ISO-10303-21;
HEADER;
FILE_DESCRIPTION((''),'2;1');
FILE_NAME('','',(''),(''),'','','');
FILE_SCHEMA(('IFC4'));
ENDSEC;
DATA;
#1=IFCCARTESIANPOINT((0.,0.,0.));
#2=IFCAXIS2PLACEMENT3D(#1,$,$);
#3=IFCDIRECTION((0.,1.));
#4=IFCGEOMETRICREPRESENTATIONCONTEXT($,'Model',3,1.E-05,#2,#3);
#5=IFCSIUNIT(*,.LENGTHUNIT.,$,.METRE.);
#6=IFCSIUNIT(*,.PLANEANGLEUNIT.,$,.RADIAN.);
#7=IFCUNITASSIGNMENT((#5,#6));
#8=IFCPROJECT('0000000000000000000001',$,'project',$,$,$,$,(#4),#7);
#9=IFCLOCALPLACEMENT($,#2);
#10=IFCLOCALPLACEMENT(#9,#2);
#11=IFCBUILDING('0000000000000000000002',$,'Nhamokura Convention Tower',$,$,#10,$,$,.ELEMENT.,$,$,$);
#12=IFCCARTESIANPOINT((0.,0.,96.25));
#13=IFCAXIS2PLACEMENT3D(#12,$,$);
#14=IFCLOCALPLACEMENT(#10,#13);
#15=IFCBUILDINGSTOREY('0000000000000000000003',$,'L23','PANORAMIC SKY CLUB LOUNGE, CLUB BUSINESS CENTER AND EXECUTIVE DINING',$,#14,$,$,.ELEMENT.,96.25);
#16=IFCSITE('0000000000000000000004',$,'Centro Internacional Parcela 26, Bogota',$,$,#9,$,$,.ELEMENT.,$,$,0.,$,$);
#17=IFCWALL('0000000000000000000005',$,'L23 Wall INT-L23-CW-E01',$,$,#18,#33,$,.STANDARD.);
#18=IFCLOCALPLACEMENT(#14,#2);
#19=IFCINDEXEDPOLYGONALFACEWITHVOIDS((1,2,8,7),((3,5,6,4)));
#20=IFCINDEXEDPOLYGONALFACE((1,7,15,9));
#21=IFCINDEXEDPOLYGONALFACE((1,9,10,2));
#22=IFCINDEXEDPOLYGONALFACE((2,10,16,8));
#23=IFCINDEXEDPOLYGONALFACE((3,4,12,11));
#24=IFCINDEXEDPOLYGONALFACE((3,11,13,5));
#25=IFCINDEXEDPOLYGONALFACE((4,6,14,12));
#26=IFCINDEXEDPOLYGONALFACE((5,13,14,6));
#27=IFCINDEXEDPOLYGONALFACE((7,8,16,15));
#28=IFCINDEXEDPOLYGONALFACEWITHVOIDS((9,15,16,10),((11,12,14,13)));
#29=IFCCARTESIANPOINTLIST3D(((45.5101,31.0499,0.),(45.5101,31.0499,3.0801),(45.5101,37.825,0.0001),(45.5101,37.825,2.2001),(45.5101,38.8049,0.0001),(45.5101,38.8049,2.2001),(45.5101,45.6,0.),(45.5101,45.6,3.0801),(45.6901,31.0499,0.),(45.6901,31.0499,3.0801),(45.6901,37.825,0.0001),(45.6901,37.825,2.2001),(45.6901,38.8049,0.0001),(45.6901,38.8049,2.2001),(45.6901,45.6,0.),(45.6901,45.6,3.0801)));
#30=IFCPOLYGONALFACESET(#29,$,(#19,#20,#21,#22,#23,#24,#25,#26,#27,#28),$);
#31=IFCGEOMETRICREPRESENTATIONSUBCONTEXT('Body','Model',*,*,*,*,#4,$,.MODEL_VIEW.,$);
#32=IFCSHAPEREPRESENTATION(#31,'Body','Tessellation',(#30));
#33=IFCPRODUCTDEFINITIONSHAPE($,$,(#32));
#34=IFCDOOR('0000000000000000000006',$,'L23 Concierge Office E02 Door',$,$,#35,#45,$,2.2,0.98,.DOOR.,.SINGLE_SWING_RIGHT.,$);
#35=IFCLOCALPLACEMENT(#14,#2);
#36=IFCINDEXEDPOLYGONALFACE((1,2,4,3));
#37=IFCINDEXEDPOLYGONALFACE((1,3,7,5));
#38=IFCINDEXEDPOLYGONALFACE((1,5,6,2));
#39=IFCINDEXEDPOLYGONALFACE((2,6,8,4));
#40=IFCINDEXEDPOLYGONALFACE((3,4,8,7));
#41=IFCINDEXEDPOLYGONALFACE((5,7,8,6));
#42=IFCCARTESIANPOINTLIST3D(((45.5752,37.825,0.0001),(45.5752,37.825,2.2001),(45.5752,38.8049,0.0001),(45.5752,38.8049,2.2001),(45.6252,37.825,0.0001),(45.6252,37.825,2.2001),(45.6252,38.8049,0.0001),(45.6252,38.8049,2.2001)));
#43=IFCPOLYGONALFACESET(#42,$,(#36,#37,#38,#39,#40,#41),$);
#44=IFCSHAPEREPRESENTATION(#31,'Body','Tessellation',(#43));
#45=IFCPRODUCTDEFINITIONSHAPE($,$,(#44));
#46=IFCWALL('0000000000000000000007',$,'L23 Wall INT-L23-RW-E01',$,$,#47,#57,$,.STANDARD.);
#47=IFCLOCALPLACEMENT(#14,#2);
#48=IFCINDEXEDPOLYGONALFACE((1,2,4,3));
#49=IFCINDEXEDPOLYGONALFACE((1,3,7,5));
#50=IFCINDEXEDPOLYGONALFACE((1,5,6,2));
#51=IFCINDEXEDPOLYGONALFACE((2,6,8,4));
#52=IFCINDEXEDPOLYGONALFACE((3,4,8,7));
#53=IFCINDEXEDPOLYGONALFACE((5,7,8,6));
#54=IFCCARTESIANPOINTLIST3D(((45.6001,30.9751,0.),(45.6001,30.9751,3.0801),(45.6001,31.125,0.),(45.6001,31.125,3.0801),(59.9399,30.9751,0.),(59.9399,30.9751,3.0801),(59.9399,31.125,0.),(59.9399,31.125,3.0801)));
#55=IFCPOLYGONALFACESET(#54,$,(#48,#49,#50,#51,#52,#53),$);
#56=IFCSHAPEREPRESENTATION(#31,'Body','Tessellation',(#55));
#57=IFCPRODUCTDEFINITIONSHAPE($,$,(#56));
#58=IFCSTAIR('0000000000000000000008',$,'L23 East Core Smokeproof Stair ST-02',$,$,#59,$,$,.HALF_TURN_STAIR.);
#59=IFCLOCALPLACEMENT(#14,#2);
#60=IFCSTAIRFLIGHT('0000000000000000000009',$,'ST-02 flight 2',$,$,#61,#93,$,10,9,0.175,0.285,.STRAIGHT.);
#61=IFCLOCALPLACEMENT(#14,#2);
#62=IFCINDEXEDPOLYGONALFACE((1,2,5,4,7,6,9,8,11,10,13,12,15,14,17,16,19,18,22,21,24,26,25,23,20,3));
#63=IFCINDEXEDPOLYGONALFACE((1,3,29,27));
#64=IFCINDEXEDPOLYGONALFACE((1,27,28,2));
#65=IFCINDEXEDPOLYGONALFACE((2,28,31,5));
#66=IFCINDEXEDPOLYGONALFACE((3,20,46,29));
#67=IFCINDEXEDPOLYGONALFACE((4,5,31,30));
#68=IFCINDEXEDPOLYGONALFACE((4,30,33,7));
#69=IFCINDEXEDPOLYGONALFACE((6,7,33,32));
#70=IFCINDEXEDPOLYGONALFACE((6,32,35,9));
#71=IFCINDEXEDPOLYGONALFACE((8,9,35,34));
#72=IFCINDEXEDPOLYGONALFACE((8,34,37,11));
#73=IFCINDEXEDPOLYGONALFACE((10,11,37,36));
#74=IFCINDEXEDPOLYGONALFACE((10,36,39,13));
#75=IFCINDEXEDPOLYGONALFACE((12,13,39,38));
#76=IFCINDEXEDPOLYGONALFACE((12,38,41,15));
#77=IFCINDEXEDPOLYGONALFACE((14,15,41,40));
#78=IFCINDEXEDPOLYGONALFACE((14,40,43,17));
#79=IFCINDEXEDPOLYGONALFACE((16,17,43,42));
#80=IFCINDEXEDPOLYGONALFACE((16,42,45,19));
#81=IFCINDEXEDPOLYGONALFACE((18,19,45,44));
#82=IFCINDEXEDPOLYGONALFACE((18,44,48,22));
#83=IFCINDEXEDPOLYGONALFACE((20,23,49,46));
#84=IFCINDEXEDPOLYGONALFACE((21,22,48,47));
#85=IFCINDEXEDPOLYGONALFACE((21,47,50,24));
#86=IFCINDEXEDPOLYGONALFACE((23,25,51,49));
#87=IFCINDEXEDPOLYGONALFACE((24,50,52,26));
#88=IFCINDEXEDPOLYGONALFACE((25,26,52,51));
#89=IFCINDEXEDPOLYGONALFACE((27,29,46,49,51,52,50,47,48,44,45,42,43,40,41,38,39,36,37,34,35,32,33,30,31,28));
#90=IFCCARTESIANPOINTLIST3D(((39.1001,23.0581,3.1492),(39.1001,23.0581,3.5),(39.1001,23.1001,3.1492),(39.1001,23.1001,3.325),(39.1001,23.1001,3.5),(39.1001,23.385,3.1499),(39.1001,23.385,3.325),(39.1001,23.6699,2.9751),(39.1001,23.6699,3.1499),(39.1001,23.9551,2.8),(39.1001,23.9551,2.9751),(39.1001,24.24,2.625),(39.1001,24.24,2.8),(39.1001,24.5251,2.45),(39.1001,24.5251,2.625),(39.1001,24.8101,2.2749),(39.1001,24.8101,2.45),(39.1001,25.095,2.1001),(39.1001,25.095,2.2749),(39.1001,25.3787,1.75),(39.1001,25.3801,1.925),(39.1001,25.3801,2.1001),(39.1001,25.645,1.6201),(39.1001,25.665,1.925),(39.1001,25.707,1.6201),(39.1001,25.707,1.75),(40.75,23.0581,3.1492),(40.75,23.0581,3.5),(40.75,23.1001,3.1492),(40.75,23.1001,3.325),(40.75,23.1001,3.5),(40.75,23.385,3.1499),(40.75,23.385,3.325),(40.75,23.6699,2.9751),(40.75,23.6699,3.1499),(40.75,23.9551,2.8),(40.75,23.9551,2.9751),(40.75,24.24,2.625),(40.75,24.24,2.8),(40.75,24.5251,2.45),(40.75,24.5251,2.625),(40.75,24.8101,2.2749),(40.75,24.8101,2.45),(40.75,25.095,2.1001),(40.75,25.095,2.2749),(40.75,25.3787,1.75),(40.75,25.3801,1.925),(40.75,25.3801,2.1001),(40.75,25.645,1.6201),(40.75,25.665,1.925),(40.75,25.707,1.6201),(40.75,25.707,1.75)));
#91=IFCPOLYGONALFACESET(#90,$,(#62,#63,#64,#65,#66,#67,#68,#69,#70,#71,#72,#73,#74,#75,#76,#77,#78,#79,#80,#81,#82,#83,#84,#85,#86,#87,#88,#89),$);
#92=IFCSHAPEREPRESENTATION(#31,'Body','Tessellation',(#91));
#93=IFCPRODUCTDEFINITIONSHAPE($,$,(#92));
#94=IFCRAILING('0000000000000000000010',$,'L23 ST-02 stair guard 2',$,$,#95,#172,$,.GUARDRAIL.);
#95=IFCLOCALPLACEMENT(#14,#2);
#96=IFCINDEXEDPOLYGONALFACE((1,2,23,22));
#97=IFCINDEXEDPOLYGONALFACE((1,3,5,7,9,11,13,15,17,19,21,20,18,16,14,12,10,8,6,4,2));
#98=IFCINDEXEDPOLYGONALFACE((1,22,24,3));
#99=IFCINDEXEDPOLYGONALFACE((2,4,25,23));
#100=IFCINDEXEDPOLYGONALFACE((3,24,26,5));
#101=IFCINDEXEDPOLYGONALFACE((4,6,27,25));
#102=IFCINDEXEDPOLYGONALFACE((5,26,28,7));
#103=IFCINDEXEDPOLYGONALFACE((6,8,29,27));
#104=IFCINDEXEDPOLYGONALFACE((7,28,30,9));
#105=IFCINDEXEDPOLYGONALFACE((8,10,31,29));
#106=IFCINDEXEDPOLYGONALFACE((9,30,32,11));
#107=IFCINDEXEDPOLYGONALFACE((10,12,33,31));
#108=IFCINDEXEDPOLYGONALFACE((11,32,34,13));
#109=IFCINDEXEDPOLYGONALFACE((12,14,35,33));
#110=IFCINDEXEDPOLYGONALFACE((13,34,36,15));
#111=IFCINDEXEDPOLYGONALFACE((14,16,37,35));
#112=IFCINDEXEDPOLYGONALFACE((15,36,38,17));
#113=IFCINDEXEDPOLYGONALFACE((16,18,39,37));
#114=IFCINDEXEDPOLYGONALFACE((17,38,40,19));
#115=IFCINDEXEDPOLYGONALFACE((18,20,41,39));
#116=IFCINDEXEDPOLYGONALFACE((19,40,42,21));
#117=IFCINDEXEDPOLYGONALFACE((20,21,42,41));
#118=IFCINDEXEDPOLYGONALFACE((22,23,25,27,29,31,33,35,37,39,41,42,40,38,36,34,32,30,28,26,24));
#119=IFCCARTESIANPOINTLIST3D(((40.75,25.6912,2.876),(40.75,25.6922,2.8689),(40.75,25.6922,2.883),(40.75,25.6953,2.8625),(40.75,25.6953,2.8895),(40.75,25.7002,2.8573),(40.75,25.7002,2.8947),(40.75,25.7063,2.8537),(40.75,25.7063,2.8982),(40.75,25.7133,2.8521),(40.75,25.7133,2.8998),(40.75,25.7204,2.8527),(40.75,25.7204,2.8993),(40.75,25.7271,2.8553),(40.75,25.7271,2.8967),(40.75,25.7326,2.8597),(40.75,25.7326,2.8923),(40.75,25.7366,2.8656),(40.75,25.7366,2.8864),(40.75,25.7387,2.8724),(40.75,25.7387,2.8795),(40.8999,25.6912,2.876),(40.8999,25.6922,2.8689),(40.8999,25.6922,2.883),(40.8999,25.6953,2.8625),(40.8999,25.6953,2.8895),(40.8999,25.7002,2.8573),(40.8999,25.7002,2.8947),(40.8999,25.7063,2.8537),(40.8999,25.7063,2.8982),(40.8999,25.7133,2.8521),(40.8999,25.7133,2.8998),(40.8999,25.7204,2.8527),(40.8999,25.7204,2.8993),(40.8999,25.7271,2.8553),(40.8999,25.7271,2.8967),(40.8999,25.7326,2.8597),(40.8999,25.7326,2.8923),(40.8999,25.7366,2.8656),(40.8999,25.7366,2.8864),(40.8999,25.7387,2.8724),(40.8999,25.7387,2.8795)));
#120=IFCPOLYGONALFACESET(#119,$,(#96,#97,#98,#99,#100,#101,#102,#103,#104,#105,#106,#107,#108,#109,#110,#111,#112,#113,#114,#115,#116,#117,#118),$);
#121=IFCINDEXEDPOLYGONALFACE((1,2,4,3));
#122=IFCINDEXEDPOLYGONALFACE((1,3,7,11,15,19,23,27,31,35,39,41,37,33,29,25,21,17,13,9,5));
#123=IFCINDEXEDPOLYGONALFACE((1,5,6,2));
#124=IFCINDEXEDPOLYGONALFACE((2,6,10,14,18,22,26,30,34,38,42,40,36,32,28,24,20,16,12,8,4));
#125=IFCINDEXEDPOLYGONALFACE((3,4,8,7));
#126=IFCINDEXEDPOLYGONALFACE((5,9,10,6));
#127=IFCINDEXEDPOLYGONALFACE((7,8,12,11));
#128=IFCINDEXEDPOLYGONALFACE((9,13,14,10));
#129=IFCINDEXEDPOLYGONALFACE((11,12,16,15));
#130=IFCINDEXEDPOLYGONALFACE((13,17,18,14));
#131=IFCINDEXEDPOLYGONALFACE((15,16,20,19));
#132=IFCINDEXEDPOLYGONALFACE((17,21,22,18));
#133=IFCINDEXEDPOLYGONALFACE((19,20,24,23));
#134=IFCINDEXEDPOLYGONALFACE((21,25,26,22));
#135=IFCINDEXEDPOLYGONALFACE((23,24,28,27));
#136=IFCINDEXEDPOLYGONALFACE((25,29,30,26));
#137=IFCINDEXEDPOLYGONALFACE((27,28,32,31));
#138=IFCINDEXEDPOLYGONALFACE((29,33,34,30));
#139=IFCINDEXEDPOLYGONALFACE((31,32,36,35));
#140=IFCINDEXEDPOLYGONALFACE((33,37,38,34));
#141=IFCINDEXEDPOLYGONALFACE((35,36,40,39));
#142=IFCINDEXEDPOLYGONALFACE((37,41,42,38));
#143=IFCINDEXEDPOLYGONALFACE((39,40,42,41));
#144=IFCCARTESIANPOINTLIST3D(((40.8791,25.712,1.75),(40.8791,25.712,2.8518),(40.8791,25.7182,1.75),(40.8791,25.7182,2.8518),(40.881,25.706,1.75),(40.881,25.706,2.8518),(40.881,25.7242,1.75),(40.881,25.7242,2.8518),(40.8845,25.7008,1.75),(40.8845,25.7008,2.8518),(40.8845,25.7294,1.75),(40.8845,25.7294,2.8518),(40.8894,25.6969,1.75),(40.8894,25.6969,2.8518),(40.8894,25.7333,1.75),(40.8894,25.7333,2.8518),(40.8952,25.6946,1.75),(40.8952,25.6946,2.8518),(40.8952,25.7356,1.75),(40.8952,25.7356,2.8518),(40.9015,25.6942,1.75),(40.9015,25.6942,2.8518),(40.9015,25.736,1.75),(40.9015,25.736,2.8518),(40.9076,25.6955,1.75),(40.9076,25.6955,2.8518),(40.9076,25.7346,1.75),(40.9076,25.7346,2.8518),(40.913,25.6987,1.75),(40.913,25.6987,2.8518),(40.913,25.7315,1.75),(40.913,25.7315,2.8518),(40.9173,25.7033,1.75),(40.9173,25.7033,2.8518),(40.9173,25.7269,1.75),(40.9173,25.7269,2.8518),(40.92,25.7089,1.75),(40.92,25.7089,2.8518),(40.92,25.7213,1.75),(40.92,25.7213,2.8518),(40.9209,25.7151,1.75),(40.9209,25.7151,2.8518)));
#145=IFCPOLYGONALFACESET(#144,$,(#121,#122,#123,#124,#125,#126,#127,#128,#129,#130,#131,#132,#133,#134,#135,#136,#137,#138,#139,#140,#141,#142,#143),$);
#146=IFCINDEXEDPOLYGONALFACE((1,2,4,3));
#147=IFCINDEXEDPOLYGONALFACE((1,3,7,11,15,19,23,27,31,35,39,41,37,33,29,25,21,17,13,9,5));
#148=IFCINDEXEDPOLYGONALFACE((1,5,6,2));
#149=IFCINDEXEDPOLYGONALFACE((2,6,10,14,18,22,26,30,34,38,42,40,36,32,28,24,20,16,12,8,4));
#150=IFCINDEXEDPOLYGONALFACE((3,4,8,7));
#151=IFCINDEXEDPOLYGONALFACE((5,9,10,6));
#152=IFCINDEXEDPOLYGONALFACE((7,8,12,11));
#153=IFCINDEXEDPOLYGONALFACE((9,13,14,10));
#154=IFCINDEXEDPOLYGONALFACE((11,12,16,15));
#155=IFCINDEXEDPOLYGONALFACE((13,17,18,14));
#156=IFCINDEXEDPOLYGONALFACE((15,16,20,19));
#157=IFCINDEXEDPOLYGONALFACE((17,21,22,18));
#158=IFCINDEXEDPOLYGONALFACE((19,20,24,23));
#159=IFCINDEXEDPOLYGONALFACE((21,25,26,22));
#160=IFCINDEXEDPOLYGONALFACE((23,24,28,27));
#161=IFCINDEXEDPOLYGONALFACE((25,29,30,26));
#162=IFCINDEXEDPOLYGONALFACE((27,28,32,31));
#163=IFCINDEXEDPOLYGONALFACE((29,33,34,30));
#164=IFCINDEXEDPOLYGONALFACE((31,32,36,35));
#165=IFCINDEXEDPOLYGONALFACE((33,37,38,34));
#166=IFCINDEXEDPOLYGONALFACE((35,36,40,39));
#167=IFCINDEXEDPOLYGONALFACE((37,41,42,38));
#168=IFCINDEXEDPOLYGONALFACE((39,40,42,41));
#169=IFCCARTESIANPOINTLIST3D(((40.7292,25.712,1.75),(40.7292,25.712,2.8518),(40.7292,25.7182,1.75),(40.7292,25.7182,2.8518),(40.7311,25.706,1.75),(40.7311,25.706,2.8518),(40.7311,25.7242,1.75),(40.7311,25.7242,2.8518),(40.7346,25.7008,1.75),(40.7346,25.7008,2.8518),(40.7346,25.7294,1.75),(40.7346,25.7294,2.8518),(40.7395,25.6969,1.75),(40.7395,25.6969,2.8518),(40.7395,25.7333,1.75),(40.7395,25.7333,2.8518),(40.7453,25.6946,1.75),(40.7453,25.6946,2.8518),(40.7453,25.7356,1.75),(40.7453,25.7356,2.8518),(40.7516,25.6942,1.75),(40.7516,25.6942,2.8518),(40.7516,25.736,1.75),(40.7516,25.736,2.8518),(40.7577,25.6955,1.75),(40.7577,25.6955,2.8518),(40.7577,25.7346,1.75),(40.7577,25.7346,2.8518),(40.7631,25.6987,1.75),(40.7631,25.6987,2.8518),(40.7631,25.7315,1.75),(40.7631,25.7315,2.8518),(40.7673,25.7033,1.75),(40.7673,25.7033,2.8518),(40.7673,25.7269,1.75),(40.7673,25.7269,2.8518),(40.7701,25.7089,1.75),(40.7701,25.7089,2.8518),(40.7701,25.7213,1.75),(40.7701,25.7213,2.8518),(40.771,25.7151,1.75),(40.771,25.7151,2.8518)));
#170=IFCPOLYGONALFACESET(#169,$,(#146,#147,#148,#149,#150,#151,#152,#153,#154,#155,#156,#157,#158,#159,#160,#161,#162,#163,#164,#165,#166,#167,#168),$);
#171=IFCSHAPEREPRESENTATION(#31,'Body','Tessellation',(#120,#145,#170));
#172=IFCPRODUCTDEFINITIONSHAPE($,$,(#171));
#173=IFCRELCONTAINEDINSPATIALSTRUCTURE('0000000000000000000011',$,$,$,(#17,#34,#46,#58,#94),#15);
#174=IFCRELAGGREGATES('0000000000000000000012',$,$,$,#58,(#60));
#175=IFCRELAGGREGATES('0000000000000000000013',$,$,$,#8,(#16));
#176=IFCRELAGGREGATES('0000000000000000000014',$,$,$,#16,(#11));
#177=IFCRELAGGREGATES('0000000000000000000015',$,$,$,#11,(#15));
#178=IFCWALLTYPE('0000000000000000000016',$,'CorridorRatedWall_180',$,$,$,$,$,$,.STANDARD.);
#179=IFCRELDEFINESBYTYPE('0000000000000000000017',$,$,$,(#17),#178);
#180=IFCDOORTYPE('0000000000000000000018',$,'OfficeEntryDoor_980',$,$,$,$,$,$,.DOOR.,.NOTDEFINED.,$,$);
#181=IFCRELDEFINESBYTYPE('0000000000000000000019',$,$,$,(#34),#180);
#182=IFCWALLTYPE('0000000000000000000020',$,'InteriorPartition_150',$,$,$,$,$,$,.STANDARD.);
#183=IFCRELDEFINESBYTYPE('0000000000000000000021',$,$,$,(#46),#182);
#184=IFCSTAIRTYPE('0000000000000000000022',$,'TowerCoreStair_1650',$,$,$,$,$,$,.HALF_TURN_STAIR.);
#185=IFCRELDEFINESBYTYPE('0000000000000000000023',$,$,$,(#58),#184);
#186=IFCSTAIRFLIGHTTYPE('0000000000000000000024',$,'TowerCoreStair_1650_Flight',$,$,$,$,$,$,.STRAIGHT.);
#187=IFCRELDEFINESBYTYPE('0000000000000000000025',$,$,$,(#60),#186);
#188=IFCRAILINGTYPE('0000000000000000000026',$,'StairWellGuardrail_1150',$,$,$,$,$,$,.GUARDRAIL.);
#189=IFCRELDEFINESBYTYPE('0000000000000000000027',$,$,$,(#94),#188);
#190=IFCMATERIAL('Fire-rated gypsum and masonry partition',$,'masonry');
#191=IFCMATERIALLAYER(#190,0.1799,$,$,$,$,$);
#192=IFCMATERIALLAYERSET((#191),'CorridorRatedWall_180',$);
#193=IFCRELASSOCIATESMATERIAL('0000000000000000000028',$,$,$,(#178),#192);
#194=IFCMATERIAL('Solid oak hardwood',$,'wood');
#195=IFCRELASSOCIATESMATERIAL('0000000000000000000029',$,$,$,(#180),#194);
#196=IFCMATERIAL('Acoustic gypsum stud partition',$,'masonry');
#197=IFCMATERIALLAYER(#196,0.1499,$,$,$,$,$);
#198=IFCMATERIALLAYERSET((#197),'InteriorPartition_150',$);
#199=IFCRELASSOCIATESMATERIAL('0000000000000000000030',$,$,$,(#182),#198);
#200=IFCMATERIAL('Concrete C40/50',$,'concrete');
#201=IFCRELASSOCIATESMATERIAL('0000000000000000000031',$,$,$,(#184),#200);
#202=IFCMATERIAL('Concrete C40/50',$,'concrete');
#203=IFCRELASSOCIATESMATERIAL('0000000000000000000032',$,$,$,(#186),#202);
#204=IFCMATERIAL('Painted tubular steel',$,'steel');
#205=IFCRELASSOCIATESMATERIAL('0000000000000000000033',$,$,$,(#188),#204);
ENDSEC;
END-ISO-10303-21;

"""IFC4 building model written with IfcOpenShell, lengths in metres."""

from ifc_helpers import new_model, si_unit, direction, frame, frame_2d, origin, origin_2d, place, context, subcontext, project, spatial, polyline, rectangle, circle, outline, extrude, material, layer, layer_set, type_object, element, fill, aggregate, save


model = new_model("IFC4")

# Units and contexts
model_context = context("Model", 3, precision=1e-05, world=origin(), true_north=direction((0.0, 1.0)))
body_context = subcontext(model_context, "Body", "Model", "MODEL_VIEW")
ifc_project = project(units=[si_unit("LENGTHUNIT", "METRE"), si_unit("PLANEANGLEUNIT", "RADIAN")], contexts=[model_context])

# Site, building, storey
site_placement = place(None, origin())
site = spatial("IfcSite", under=ifc_project, at=site_placement, Name="Centro Internacional Parcela 26, Bogota", CompositionType="ELEMENT", RefElevation=0.0)
building_placement = place(site_placement, origin())
building = spatial("IfcBuilding", under=site, at=building_placement, Name="Nhamokura Convention Tower", CompositionType="ELEMENT")
storey_placement = place(building_placement, frame((0.0, 0.0, 96.25)))
storey = spatial("IfcBuildingStorey", under=building, at=storey_placement, Name="L23", Description="PANORAMIC SKY CLUB LOUNGE, CLUB BUSINESS CENTER AND EXECUTIVE DINING", CompositionType="ELEMENT", Elevation=96.25)

# Wall, opening, door
ifc_material_1 = material(Name="Fire-rated gypsum and masonry partition", Category="masonry")
ifc_layer_1 = layer(ifc_material_1, 0.1799)
ifc_layer_set_1 = layer_set([ifc_layer_1], Name="CorridorRatedWall_180")
wall_type_1 = type_object("IfcWallType", Name="CorridorRatedWall_180", PredefinedType="STANDARD", material=ifc_layer_set_1)
wall_1_placement = place(storey_placement, frame((45.6001, 31.05, 0.0), z_axis=(0.0, 0.0, 1.0), x_axis=(0.0, 1.0, 0.0)))
wall_1 = element("IfcWall", 1, at=wall_1_placement, inside=storey, type_object=wall_type_1, Name="L23 Wall INT-L23-CW-E01", PredefinedType="STANDARD", context=body_context, shape_type="SweptSolid", body=[
    extrude(rectangle(XDim=14.55, YDim=0.1799, at=frame_2d((7.2749, 0.0))), origin(), (0.0, 0.0, 1.0), 3.0801),
])
opening_1_placement = place(wall_1_placement, frame((6.7749, 0.0, 0.0)))
opening_1 = element("IfcOpeningElement", 2, at=opening_1_placement, cuts=wall_1, PredefinedType="OPENING", context=body_context, shape_type="SweptSolid", body=[
    extrude(rectangle(XDim=0.98, YDim=2.2, at=frame_2d((0.49, 1.1001))), frame((0.0, 0.0999, 0.0), z_axis=(0.0, -1.0, 0.0), x_axis=(1.0, 0.0, 0.0)), (0.0, 0.0, 1.0), 0.2),
])
ifc_material_2 = material(Name="Solid oak hardwood", Category="wood")
door_type_1 = type_object("IfcDoorType", Name="OfficeEntryDoor_980", OperationType="NOTDEFINED", PredefinedType="DOOR", material=ifc_material_2)
door_1_placement = place(opening_1_placement, origin())
door_1 = element("IfcDoor", 3, at=door_1_placement, inside=storey, type_object=door_type_1, Name="L23 Concierge Office E02 Door", OperationType="SINGLE_SWING_RIGHT", OverallHeight=2.2, OverallWidth=0.98, PredefinedType="DOOR", context=body_context, shape_type="SweptSolid", body=[
    extrude(rectangle(XDim=0.98, YDim=2.2, at=frame_2d((0.49, 1.1001))), frame((0.0, 0.0249, 0.0), z_axis=(0.0, -1.0, 0.0), x_axis=(1.0, 0.0, 0.0)), (0.0, 0.0, 1.0), 0.05),
])
fill(opening_1, door_1)

# Wall
ifc_material_3 = material(Name="Acoustic gypsum stud partition", Category="masonry")
ifc_layer_2 = layer(ifc_material_3, 0.1499)
ifc_layer_set_2 = layer_set([ifc_layer_2], Name="InteriorPartition_150")
wall_type_2 = type_object("IfcWallType", Name="InteriorPartition_150", PredefinedType="STANDARD", material=ifc_layer_set_2)
wall_2_placement = place(storey_placement, frame((45.6001, 31.05, 0.0), z_axis=(0.0, 0.0, 1.0), x_axis=(1.0, 0.0, 0.0)))
element("IfcWall", 4, at=wall_2_placement, inside=storey, type_object=wall_type_2, Name="L23 Wall INT-L23-RW-E01", PredefinedType="STANDARD", context=body_context, shape_type="SweptSolid", body=[
    extrude(rectangle(XDim=14.3398, YDim=0.1499, at=frame_2d((7.1699, 0.0))), origin(), (0.0, 0.0, 1.0), 3.0801),
])

# Stair, stair flight
ifc_material_4 = material(Name="Concrete C40/50", Category="concrete")
stair_type = type_object("IfcStairType", Name="TowerCoreStair_1650", PredefinedType="HALF_TURN_STAIR", material=ifc_material_4)
stair_placement = place(storey_placement, origin())
stair = element("IfcStair", 5, at=stair_placement, inside=storey, type_object=stair_type, Name="L23 East Core Smokeproof Stair ST-02", PredefinedType="HALF_TURN_STAIR")
ifc_material_5 = material(Name="Concrete C40/50", Category="concrete")
stair_flight_type = type_object("IfcStairFlightType", Name="TowerCoreStair_1650_Flight", PredefinedType="STRAIGHT", material=ifc_material_5)
stair_flight_placement = place(storey_placement, frame((39.925, 25.665, 1.75), z_axis=(0.0, 0.0, 1.0), x_axis=(0.0, -1.0, 0.0)))
stair_flight = element("IfcStairFlight", 6, at=stair_flight_placement, type_object=stair_flight_type, Name="ST-02 flight 2", NumberOfRisers=10, NumberOfTreads=9, PredefinedType="STRAIGHT", RiserHeight=0.175, TreadLength=0.285, context=body_context, shape_type="SweptSolid", body=[
    extrude(outline(polyline([(-0.042, 0.0), (0.0, 0.175), (0.2849, 0.175), (0.2849, 0.3501), (0.5701, 0.3501), (0.5701, 0.5249), (0.855, 0.5249), (0.855, 0.7), (1.1399, 0.7), (1.1399, 0.875), (1.425, 0.875), (1.425, 1.05), (1.71, 1.05), (1.71, 1.2251), (1.9951, 1.2251), (1.9951, 1.3999), (2.28, 1.3999), (2.28, 1.575), (2.5649, 1.575), (2.5649, 1.75), (2.6069, 1.75), (2.6069, 1.3992), (2.5649, 1.3992), (0.2864, 0.0), (0.02, -0.1299), (-0.042, -0.1299), (-0.042, 0.0)])), frame((0.0, 0.825, 0.0), z_axis=(0.0, -1.0, 0.0), x_axis=(1.0, 0.0, 0.0)), (0.0, 0.0, 1.0), 1.6499),
])
aggregate(stair, [stair_flight])

# Railing
ifc_material_6 = material(Name="Painted tubular steel", Category="steel")
railing_type_1 = type_object("IfcRailingType", Name="StairWellGuardrail_1150", PredefinedType="GUARDRAIL", material=ifc_material_6)
railing_1_placement = place(storey_placement, frame((40.8999, 25.7151, 1.75)))
element("IfcRailing", 7, at=railing_1_placement, inside=storey, type_object=railing_type_1, Name="L23 ST-02 stair guard 2", PredefinedType="GUARDRAIL", context=body_context, shape_type="SweptSolid", body=[
    extrude(circle(Radius=0.0239, at=origin_2d()), frame((0.0, 0.0, 1.126), z_axis=(-1.0, 0.0, 0.0), x_axis=(0.0, -1.0, 0.0)), (0.0, 0.0, 1.0), 0.1499),
    extrude(circle(Radius=0.021, at=origin_2d()), origin(), (0.0, 0.0, 1.0), 1.1018),
    extrude(circle(Radius=0.021, at=origin_2d()), frame((-0.1499, 0.0, 0.0)), (0.0, 0.0, 1.0), 1.1018),
])

save(model, "model.ifc")
